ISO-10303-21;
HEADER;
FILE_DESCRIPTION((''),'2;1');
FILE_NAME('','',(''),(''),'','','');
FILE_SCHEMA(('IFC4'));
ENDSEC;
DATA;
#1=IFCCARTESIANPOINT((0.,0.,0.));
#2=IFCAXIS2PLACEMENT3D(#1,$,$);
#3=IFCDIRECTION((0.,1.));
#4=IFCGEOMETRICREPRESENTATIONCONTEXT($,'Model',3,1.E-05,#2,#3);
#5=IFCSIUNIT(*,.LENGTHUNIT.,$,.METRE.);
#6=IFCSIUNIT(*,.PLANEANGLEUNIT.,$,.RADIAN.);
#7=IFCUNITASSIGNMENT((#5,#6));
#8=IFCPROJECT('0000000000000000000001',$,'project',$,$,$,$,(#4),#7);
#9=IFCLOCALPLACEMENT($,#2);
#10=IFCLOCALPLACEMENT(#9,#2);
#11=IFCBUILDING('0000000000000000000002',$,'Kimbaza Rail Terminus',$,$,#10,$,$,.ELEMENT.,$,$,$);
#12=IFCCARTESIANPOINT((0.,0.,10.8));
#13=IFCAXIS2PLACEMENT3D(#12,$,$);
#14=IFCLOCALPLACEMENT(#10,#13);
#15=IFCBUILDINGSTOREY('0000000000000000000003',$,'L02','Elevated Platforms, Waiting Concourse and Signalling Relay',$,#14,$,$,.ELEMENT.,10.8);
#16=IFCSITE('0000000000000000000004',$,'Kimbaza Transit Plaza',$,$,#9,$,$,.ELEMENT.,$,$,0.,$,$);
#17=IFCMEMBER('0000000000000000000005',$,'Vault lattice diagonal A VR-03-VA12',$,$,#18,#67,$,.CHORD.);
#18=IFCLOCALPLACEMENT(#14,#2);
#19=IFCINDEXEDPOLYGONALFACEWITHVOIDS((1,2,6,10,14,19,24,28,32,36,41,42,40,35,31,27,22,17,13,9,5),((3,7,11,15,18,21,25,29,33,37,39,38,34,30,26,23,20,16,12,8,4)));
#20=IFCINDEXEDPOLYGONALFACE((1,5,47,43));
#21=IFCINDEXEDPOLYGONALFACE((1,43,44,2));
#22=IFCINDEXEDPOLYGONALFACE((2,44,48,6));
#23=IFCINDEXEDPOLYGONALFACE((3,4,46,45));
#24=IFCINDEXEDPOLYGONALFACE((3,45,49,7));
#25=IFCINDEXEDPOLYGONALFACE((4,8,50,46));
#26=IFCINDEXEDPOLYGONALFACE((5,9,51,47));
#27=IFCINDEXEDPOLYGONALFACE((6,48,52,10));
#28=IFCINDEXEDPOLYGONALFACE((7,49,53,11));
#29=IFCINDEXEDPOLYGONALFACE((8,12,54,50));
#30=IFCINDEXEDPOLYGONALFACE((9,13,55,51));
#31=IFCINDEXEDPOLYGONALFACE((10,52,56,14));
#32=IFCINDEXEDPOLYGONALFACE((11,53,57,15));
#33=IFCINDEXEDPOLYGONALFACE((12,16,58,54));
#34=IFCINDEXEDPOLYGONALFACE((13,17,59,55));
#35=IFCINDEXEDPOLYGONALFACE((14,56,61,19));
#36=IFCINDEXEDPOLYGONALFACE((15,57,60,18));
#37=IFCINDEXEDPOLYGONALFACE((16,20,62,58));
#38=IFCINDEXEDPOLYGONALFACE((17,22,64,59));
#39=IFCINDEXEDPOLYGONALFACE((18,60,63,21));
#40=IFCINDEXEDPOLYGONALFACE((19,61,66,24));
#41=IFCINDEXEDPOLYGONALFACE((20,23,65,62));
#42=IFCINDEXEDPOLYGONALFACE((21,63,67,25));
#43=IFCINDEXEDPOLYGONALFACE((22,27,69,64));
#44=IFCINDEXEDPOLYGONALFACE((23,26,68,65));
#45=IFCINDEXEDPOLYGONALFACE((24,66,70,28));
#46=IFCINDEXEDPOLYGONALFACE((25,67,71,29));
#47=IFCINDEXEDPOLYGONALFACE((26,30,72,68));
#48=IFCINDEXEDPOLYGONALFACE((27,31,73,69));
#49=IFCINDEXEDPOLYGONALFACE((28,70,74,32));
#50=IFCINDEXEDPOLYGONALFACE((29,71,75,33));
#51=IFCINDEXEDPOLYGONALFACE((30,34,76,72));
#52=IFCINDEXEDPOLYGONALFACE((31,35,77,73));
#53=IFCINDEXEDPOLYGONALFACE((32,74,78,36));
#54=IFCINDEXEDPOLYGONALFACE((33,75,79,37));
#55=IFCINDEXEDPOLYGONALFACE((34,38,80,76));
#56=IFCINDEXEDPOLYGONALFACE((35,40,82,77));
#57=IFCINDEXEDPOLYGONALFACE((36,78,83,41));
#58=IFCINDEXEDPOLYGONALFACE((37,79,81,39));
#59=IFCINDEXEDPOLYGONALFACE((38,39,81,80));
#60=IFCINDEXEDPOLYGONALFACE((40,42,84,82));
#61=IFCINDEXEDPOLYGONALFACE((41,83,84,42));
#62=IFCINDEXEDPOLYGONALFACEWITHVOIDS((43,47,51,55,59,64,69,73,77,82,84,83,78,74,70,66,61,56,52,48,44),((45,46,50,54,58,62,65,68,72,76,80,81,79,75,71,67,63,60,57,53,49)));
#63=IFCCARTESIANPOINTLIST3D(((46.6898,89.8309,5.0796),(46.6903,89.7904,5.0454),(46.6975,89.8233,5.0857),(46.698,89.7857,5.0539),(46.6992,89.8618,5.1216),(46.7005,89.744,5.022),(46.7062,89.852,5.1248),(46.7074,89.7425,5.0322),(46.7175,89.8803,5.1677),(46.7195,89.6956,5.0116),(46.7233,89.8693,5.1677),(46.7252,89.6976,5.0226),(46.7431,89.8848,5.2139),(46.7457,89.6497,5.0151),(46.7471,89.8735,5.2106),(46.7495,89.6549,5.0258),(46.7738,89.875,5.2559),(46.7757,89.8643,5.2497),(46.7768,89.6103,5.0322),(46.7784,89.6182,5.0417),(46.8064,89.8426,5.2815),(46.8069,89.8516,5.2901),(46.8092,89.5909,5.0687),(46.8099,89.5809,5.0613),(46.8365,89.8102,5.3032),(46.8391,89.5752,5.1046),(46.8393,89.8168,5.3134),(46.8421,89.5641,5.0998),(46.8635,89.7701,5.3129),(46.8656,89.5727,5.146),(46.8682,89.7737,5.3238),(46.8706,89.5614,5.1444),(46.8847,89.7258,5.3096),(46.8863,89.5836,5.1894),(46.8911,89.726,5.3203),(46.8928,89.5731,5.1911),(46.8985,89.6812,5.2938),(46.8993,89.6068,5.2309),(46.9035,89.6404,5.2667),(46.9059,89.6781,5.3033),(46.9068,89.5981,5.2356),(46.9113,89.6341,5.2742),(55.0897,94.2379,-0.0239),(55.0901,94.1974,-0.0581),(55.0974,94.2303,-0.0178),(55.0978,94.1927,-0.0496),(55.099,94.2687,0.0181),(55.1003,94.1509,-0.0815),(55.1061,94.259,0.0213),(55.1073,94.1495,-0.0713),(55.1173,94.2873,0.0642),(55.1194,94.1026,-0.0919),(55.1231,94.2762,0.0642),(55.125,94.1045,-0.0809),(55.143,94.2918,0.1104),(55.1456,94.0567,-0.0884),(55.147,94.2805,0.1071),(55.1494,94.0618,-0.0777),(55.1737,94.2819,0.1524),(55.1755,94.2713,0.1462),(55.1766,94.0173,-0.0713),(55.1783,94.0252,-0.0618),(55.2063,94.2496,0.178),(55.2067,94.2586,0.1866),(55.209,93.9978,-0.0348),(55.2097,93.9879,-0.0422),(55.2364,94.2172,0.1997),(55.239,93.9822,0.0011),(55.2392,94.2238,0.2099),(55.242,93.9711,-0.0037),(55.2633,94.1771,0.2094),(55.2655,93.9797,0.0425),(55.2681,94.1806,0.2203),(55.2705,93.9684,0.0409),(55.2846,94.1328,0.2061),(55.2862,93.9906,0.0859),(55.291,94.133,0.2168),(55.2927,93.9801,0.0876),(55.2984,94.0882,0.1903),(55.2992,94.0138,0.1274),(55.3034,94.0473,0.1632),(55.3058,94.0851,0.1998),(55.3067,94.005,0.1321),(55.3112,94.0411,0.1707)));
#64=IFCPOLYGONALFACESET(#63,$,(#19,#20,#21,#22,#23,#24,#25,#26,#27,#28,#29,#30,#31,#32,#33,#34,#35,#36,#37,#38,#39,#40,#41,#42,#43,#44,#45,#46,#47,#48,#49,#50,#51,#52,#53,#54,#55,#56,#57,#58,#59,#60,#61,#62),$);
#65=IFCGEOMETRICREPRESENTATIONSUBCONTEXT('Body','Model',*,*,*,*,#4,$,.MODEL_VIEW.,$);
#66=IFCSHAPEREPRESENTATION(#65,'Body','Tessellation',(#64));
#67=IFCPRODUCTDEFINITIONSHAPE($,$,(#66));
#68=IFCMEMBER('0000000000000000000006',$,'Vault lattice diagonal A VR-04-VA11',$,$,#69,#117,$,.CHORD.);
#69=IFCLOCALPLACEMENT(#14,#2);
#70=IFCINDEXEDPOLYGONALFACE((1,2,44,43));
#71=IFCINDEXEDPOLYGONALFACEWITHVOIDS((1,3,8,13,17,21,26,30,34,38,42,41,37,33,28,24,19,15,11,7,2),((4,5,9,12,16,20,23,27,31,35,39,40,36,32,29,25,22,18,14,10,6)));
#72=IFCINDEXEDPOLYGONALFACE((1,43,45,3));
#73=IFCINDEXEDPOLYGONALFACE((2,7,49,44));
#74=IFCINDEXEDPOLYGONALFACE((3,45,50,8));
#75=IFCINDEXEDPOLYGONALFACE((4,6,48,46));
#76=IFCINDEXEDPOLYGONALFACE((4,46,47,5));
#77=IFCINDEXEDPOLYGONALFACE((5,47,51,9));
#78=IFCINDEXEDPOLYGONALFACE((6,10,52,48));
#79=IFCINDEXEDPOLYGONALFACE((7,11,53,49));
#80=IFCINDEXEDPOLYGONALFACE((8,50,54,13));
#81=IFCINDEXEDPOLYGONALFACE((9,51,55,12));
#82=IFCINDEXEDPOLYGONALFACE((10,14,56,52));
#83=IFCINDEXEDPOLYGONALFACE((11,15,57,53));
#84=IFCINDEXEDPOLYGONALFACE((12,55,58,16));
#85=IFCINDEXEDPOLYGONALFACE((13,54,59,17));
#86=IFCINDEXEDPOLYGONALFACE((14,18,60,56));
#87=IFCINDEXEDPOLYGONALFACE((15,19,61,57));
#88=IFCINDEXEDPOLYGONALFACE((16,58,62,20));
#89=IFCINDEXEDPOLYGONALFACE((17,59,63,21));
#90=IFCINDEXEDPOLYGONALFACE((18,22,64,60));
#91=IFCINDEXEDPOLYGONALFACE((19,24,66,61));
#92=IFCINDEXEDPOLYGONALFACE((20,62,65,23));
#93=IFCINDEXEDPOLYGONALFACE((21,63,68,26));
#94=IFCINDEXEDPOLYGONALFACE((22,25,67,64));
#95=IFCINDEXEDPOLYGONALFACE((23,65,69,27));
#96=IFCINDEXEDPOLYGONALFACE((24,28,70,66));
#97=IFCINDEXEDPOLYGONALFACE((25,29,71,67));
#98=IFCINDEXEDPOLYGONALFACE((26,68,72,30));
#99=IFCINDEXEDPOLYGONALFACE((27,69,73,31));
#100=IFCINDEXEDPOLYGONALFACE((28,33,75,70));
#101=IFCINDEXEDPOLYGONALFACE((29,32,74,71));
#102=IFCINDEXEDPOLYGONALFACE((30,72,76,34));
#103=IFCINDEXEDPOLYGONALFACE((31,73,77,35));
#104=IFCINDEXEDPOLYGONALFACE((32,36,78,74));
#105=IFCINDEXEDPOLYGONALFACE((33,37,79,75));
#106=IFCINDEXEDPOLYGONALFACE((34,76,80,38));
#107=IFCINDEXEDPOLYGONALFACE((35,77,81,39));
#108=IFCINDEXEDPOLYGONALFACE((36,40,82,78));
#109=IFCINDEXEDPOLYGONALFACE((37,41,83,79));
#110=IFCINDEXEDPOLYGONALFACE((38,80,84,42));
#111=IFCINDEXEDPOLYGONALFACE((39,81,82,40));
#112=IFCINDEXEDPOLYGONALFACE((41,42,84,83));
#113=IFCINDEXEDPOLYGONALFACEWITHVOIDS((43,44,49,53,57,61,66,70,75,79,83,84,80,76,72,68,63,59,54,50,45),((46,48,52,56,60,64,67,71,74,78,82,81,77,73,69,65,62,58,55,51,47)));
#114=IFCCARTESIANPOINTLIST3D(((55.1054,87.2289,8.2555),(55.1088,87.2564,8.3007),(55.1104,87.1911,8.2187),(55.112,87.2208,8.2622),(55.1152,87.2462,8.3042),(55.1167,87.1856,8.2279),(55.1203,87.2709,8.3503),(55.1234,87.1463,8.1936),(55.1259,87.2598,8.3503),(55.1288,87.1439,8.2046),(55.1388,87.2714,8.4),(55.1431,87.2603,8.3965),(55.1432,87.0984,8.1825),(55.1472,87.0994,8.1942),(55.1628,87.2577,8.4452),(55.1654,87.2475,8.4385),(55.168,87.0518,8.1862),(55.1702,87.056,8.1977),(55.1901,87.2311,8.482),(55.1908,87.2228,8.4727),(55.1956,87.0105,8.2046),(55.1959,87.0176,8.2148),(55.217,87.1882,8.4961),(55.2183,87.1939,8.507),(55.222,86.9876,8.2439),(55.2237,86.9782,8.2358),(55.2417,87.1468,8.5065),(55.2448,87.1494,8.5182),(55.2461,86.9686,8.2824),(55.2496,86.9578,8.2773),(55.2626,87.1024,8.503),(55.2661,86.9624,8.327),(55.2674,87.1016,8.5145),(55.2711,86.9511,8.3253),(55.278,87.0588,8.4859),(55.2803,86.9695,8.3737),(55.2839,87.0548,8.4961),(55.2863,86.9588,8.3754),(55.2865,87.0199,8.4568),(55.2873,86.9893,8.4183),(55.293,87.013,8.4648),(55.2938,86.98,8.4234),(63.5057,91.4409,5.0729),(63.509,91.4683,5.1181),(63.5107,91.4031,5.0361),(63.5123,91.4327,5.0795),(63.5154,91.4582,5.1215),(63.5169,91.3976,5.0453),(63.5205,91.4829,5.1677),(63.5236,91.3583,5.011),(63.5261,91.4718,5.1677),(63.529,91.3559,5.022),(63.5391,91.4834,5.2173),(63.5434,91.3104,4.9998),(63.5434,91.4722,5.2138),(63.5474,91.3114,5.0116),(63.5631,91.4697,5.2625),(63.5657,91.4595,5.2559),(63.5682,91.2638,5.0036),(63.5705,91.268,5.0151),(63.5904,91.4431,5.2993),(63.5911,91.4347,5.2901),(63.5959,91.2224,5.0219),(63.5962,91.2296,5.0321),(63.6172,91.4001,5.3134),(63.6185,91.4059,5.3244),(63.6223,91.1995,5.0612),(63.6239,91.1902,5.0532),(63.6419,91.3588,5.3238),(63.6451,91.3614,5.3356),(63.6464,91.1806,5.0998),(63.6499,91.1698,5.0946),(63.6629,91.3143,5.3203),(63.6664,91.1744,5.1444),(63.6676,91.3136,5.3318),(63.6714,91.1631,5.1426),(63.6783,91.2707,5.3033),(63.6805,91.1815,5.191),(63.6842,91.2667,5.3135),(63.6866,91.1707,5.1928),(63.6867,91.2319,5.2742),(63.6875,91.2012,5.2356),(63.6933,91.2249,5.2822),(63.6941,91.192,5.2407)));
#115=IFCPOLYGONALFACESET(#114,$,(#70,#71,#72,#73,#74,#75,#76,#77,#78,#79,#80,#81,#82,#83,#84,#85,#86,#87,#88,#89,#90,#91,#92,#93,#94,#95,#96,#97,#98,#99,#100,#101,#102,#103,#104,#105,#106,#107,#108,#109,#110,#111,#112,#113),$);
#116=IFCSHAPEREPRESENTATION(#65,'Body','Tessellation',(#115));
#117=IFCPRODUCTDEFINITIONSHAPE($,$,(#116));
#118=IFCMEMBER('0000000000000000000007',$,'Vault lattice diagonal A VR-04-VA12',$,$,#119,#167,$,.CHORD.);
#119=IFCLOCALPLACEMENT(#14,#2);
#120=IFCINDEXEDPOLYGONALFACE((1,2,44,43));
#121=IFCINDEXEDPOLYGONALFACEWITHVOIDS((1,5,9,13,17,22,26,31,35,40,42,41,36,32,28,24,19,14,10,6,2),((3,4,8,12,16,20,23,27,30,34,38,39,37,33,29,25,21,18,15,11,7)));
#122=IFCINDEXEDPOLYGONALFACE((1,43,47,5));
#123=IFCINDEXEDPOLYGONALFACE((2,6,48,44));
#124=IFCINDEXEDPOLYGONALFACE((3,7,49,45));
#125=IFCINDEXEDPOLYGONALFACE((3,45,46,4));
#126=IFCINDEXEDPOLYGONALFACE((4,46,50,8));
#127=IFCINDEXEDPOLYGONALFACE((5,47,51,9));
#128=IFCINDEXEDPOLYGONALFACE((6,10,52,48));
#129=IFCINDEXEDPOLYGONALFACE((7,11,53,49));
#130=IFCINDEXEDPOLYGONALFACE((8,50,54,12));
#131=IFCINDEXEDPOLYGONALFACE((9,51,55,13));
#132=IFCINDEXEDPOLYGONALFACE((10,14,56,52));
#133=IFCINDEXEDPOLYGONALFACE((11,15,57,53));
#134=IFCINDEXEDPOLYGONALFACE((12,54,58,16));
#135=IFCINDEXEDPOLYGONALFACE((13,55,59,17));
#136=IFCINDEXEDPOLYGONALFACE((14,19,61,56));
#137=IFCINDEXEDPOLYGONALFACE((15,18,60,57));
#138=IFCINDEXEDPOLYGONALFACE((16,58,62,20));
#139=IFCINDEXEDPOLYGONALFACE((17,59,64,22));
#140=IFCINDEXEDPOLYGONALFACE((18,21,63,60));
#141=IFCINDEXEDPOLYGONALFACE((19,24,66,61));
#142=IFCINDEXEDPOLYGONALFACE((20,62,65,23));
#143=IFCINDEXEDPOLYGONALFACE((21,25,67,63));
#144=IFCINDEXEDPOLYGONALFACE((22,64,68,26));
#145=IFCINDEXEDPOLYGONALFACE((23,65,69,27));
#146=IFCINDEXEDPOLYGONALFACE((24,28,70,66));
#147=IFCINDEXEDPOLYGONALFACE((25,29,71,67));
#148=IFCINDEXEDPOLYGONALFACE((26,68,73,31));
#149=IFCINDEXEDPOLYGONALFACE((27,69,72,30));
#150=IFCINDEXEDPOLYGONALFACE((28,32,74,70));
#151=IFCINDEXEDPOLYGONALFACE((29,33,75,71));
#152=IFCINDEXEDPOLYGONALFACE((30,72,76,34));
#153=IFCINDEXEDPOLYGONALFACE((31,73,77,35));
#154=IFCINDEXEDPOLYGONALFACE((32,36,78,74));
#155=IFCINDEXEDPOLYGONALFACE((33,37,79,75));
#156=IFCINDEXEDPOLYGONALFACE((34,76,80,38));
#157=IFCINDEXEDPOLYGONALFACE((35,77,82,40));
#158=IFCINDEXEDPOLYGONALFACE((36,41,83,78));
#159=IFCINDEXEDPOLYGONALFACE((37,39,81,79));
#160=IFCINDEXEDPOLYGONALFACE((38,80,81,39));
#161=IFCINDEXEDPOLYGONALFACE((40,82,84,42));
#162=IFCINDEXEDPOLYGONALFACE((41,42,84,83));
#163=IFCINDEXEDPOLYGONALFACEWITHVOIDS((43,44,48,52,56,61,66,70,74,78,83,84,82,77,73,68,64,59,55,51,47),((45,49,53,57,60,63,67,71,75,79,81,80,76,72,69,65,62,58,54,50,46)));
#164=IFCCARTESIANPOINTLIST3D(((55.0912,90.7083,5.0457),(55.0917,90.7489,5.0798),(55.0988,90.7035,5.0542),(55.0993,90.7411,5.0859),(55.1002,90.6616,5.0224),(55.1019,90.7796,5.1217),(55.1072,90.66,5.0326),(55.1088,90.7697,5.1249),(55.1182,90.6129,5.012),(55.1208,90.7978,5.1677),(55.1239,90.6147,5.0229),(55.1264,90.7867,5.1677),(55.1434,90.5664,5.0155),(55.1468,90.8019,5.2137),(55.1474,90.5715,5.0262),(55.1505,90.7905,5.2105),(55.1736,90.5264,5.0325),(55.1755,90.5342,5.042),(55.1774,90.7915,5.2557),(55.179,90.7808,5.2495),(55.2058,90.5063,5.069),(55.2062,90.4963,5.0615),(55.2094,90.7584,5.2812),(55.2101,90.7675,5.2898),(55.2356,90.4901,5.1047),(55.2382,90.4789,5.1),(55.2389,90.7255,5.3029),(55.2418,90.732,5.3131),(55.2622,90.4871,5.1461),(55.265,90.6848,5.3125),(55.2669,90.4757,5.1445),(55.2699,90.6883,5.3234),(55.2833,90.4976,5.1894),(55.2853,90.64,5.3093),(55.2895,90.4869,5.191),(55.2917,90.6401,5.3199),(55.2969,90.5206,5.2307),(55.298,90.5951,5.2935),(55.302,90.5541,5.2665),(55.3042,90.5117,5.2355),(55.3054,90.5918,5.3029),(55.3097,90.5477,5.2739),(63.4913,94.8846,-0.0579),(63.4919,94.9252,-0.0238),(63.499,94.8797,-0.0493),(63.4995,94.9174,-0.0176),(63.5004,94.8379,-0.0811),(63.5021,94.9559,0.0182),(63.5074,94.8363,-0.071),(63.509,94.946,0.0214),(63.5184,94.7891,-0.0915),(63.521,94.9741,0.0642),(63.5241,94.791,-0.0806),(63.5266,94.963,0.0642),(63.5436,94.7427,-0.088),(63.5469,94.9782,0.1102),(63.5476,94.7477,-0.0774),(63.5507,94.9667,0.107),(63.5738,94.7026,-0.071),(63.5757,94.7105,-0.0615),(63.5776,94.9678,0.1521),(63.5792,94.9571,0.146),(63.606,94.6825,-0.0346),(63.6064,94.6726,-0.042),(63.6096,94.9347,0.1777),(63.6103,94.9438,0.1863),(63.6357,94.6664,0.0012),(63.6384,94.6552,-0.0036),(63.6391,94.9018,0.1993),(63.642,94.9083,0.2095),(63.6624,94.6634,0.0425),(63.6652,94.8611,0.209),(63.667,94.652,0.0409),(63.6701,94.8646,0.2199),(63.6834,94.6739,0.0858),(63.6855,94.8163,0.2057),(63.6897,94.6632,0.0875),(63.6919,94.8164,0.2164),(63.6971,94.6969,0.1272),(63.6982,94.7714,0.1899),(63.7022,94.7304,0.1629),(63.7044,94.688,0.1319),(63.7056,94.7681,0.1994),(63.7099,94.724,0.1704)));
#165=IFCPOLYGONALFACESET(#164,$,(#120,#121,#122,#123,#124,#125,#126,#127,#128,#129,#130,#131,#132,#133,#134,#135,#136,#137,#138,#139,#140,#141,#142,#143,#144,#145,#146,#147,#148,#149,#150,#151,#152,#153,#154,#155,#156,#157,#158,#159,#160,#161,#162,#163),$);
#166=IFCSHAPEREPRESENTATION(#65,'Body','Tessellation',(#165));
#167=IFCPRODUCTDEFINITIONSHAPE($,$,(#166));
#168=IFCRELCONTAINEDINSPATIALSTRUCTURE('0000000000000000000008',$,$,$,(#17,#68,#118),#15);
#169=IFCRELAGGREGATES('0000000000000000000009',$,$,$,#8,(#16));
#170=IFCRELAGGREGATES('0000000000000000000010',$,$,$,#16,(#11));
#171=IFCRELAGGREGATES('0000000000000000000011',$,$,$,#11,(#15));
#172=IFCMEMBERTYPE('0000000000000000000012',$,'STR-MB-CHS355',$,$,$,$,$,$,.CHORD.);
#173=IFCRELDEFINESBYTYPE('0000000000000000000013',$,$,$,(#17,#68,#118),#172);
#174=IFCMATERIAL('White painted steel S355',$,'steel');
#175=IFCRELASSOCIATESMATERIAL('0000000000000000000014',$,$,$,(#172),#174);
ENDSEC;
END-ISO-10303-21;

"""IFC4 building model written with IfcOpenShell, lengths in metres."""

from ifc_helpers import new_model, si_unit, direction, frame, origin, origin_2d, place, context, subcontext, project, spatial, hollow_circle, extrude, material, material_profile, profile_set, type_object, element, save


model = new_model("IFC4")

# Units and contexts
model_context = context("Model", 3, precision=1e-05, world=origin(), true_north=direction((0.0, 1.0)))
body_context = subcontext(model_context, "Body", "Model", "MODEL_VIEW")
ifc_project = project(units=[si_unit("LENGTHUNIT", "METRE"), si_unit("PLANEANGLEUNIT", "RADIAN")], contexts=[model_context])

# Site, building, storey
site_placement = place(None, origin())
site = spatial("IfcSite", under=ifc_project, at=site_placement, Name="Kimbaza Transit Plaza", CompositionType="ELEMENT", RefElevation=0.0)
building_placement = place(site_placement, origin())
building = spatial("IfcBuilding", under=site, at=building_placement, Name="Kimbaza Rail Terminus", CompositionType="ELEMENT")
storey_placement = place(building_placement, frame((0.0, 0.0, 10.8)))
storey = spatial("IfcBuildingStorey", under=building, at=storey_placement, Name="L02", Description="Elevated Platforms, Waiting Concourse and Signalling Relay", CompositionType="ELEMENT", Elevation=10.8)

# Members
ifc_material_1 = material(Name="White painted steel S355", Category="steel")
ifc_material_profile_1 = material_profile(ifc_material_1, hollow_circle(Radius=0.1777, WallThickness=0.0125, at=origin_2d()), Name="CHS 355.6x12.5")
ifc_profile_set_1 = profile_set([ifc_material_profile_1], Name="White painted steel S355")
member_type_1 = type_object("IfcMemberType", Name="STR-MB-CHS355", PredefinedType="CHORD", material=ifc_profile_set_1)
member_1_placement = place(storey_placement, frame((46.8, 89.7229, 5.1677), z_axis=(0.779825, 0.409133, -0.473797), x_axis=(-0.464589, 0.885527, 0.0)))
element("IfcMember", 1, at=member_1_placement, inside=storey, type_object=member_type_1, Name="Vault lattice diagonal A VR-03-VA12", PredefinedType="CHORD", context=body_context, shape_type="SweptSolid", body=[
    extrude(hollow_circle(Radius=0.1777, WallThickness=0.0125, at=origin_2d()), origin(), (0.0, 0.0, 1.0), 10.7715),
])
member_2_placement = place(storey_placement, frame((55.2, 87.1121, 8.3503), z_axis=(0.84668, 0.424533, -0.320787), x_axis=(-0.448221, 0.893923, 0.0)))
element("IfcMember", 2, at=member_2_placement, inside=storey, type_object=member_type_1, Name="Vault lattice diagonal A VR-04-VA11", PredefinedType="CHORD", context=body_context, shape_type="SweptSolid", body=[
    extrude(hollow_circle(Radius=0.1777, WallThickness=0.0125, at=origin_2d()), origin(), (0.0, 0.0, 1.0), 9.9214),
])
member_3_placement = place(storey_placement, frame((55.2, 90.6387, 5.1677), z_axis=(0.786575, 0.391058, -0.477884), x_axis=(-0.445182, 0.89544, 0.0)))
element("IfcMember", 3, at=member_3_placement, inside=storey, type_object=member_type_1, Name="Vault lattice diagonal A VR-04-VA12", PredefinedType="CHORD", context=body_context, shape_type="SweptSolid", body=[
    extrude(hollow_circle(Radius=0.1777, WallThickness=0.0125, at=origin_2d()), origin(), (0.0, 0.0, 1.0), 10.6794),
])

save(model, "model.ifc")
